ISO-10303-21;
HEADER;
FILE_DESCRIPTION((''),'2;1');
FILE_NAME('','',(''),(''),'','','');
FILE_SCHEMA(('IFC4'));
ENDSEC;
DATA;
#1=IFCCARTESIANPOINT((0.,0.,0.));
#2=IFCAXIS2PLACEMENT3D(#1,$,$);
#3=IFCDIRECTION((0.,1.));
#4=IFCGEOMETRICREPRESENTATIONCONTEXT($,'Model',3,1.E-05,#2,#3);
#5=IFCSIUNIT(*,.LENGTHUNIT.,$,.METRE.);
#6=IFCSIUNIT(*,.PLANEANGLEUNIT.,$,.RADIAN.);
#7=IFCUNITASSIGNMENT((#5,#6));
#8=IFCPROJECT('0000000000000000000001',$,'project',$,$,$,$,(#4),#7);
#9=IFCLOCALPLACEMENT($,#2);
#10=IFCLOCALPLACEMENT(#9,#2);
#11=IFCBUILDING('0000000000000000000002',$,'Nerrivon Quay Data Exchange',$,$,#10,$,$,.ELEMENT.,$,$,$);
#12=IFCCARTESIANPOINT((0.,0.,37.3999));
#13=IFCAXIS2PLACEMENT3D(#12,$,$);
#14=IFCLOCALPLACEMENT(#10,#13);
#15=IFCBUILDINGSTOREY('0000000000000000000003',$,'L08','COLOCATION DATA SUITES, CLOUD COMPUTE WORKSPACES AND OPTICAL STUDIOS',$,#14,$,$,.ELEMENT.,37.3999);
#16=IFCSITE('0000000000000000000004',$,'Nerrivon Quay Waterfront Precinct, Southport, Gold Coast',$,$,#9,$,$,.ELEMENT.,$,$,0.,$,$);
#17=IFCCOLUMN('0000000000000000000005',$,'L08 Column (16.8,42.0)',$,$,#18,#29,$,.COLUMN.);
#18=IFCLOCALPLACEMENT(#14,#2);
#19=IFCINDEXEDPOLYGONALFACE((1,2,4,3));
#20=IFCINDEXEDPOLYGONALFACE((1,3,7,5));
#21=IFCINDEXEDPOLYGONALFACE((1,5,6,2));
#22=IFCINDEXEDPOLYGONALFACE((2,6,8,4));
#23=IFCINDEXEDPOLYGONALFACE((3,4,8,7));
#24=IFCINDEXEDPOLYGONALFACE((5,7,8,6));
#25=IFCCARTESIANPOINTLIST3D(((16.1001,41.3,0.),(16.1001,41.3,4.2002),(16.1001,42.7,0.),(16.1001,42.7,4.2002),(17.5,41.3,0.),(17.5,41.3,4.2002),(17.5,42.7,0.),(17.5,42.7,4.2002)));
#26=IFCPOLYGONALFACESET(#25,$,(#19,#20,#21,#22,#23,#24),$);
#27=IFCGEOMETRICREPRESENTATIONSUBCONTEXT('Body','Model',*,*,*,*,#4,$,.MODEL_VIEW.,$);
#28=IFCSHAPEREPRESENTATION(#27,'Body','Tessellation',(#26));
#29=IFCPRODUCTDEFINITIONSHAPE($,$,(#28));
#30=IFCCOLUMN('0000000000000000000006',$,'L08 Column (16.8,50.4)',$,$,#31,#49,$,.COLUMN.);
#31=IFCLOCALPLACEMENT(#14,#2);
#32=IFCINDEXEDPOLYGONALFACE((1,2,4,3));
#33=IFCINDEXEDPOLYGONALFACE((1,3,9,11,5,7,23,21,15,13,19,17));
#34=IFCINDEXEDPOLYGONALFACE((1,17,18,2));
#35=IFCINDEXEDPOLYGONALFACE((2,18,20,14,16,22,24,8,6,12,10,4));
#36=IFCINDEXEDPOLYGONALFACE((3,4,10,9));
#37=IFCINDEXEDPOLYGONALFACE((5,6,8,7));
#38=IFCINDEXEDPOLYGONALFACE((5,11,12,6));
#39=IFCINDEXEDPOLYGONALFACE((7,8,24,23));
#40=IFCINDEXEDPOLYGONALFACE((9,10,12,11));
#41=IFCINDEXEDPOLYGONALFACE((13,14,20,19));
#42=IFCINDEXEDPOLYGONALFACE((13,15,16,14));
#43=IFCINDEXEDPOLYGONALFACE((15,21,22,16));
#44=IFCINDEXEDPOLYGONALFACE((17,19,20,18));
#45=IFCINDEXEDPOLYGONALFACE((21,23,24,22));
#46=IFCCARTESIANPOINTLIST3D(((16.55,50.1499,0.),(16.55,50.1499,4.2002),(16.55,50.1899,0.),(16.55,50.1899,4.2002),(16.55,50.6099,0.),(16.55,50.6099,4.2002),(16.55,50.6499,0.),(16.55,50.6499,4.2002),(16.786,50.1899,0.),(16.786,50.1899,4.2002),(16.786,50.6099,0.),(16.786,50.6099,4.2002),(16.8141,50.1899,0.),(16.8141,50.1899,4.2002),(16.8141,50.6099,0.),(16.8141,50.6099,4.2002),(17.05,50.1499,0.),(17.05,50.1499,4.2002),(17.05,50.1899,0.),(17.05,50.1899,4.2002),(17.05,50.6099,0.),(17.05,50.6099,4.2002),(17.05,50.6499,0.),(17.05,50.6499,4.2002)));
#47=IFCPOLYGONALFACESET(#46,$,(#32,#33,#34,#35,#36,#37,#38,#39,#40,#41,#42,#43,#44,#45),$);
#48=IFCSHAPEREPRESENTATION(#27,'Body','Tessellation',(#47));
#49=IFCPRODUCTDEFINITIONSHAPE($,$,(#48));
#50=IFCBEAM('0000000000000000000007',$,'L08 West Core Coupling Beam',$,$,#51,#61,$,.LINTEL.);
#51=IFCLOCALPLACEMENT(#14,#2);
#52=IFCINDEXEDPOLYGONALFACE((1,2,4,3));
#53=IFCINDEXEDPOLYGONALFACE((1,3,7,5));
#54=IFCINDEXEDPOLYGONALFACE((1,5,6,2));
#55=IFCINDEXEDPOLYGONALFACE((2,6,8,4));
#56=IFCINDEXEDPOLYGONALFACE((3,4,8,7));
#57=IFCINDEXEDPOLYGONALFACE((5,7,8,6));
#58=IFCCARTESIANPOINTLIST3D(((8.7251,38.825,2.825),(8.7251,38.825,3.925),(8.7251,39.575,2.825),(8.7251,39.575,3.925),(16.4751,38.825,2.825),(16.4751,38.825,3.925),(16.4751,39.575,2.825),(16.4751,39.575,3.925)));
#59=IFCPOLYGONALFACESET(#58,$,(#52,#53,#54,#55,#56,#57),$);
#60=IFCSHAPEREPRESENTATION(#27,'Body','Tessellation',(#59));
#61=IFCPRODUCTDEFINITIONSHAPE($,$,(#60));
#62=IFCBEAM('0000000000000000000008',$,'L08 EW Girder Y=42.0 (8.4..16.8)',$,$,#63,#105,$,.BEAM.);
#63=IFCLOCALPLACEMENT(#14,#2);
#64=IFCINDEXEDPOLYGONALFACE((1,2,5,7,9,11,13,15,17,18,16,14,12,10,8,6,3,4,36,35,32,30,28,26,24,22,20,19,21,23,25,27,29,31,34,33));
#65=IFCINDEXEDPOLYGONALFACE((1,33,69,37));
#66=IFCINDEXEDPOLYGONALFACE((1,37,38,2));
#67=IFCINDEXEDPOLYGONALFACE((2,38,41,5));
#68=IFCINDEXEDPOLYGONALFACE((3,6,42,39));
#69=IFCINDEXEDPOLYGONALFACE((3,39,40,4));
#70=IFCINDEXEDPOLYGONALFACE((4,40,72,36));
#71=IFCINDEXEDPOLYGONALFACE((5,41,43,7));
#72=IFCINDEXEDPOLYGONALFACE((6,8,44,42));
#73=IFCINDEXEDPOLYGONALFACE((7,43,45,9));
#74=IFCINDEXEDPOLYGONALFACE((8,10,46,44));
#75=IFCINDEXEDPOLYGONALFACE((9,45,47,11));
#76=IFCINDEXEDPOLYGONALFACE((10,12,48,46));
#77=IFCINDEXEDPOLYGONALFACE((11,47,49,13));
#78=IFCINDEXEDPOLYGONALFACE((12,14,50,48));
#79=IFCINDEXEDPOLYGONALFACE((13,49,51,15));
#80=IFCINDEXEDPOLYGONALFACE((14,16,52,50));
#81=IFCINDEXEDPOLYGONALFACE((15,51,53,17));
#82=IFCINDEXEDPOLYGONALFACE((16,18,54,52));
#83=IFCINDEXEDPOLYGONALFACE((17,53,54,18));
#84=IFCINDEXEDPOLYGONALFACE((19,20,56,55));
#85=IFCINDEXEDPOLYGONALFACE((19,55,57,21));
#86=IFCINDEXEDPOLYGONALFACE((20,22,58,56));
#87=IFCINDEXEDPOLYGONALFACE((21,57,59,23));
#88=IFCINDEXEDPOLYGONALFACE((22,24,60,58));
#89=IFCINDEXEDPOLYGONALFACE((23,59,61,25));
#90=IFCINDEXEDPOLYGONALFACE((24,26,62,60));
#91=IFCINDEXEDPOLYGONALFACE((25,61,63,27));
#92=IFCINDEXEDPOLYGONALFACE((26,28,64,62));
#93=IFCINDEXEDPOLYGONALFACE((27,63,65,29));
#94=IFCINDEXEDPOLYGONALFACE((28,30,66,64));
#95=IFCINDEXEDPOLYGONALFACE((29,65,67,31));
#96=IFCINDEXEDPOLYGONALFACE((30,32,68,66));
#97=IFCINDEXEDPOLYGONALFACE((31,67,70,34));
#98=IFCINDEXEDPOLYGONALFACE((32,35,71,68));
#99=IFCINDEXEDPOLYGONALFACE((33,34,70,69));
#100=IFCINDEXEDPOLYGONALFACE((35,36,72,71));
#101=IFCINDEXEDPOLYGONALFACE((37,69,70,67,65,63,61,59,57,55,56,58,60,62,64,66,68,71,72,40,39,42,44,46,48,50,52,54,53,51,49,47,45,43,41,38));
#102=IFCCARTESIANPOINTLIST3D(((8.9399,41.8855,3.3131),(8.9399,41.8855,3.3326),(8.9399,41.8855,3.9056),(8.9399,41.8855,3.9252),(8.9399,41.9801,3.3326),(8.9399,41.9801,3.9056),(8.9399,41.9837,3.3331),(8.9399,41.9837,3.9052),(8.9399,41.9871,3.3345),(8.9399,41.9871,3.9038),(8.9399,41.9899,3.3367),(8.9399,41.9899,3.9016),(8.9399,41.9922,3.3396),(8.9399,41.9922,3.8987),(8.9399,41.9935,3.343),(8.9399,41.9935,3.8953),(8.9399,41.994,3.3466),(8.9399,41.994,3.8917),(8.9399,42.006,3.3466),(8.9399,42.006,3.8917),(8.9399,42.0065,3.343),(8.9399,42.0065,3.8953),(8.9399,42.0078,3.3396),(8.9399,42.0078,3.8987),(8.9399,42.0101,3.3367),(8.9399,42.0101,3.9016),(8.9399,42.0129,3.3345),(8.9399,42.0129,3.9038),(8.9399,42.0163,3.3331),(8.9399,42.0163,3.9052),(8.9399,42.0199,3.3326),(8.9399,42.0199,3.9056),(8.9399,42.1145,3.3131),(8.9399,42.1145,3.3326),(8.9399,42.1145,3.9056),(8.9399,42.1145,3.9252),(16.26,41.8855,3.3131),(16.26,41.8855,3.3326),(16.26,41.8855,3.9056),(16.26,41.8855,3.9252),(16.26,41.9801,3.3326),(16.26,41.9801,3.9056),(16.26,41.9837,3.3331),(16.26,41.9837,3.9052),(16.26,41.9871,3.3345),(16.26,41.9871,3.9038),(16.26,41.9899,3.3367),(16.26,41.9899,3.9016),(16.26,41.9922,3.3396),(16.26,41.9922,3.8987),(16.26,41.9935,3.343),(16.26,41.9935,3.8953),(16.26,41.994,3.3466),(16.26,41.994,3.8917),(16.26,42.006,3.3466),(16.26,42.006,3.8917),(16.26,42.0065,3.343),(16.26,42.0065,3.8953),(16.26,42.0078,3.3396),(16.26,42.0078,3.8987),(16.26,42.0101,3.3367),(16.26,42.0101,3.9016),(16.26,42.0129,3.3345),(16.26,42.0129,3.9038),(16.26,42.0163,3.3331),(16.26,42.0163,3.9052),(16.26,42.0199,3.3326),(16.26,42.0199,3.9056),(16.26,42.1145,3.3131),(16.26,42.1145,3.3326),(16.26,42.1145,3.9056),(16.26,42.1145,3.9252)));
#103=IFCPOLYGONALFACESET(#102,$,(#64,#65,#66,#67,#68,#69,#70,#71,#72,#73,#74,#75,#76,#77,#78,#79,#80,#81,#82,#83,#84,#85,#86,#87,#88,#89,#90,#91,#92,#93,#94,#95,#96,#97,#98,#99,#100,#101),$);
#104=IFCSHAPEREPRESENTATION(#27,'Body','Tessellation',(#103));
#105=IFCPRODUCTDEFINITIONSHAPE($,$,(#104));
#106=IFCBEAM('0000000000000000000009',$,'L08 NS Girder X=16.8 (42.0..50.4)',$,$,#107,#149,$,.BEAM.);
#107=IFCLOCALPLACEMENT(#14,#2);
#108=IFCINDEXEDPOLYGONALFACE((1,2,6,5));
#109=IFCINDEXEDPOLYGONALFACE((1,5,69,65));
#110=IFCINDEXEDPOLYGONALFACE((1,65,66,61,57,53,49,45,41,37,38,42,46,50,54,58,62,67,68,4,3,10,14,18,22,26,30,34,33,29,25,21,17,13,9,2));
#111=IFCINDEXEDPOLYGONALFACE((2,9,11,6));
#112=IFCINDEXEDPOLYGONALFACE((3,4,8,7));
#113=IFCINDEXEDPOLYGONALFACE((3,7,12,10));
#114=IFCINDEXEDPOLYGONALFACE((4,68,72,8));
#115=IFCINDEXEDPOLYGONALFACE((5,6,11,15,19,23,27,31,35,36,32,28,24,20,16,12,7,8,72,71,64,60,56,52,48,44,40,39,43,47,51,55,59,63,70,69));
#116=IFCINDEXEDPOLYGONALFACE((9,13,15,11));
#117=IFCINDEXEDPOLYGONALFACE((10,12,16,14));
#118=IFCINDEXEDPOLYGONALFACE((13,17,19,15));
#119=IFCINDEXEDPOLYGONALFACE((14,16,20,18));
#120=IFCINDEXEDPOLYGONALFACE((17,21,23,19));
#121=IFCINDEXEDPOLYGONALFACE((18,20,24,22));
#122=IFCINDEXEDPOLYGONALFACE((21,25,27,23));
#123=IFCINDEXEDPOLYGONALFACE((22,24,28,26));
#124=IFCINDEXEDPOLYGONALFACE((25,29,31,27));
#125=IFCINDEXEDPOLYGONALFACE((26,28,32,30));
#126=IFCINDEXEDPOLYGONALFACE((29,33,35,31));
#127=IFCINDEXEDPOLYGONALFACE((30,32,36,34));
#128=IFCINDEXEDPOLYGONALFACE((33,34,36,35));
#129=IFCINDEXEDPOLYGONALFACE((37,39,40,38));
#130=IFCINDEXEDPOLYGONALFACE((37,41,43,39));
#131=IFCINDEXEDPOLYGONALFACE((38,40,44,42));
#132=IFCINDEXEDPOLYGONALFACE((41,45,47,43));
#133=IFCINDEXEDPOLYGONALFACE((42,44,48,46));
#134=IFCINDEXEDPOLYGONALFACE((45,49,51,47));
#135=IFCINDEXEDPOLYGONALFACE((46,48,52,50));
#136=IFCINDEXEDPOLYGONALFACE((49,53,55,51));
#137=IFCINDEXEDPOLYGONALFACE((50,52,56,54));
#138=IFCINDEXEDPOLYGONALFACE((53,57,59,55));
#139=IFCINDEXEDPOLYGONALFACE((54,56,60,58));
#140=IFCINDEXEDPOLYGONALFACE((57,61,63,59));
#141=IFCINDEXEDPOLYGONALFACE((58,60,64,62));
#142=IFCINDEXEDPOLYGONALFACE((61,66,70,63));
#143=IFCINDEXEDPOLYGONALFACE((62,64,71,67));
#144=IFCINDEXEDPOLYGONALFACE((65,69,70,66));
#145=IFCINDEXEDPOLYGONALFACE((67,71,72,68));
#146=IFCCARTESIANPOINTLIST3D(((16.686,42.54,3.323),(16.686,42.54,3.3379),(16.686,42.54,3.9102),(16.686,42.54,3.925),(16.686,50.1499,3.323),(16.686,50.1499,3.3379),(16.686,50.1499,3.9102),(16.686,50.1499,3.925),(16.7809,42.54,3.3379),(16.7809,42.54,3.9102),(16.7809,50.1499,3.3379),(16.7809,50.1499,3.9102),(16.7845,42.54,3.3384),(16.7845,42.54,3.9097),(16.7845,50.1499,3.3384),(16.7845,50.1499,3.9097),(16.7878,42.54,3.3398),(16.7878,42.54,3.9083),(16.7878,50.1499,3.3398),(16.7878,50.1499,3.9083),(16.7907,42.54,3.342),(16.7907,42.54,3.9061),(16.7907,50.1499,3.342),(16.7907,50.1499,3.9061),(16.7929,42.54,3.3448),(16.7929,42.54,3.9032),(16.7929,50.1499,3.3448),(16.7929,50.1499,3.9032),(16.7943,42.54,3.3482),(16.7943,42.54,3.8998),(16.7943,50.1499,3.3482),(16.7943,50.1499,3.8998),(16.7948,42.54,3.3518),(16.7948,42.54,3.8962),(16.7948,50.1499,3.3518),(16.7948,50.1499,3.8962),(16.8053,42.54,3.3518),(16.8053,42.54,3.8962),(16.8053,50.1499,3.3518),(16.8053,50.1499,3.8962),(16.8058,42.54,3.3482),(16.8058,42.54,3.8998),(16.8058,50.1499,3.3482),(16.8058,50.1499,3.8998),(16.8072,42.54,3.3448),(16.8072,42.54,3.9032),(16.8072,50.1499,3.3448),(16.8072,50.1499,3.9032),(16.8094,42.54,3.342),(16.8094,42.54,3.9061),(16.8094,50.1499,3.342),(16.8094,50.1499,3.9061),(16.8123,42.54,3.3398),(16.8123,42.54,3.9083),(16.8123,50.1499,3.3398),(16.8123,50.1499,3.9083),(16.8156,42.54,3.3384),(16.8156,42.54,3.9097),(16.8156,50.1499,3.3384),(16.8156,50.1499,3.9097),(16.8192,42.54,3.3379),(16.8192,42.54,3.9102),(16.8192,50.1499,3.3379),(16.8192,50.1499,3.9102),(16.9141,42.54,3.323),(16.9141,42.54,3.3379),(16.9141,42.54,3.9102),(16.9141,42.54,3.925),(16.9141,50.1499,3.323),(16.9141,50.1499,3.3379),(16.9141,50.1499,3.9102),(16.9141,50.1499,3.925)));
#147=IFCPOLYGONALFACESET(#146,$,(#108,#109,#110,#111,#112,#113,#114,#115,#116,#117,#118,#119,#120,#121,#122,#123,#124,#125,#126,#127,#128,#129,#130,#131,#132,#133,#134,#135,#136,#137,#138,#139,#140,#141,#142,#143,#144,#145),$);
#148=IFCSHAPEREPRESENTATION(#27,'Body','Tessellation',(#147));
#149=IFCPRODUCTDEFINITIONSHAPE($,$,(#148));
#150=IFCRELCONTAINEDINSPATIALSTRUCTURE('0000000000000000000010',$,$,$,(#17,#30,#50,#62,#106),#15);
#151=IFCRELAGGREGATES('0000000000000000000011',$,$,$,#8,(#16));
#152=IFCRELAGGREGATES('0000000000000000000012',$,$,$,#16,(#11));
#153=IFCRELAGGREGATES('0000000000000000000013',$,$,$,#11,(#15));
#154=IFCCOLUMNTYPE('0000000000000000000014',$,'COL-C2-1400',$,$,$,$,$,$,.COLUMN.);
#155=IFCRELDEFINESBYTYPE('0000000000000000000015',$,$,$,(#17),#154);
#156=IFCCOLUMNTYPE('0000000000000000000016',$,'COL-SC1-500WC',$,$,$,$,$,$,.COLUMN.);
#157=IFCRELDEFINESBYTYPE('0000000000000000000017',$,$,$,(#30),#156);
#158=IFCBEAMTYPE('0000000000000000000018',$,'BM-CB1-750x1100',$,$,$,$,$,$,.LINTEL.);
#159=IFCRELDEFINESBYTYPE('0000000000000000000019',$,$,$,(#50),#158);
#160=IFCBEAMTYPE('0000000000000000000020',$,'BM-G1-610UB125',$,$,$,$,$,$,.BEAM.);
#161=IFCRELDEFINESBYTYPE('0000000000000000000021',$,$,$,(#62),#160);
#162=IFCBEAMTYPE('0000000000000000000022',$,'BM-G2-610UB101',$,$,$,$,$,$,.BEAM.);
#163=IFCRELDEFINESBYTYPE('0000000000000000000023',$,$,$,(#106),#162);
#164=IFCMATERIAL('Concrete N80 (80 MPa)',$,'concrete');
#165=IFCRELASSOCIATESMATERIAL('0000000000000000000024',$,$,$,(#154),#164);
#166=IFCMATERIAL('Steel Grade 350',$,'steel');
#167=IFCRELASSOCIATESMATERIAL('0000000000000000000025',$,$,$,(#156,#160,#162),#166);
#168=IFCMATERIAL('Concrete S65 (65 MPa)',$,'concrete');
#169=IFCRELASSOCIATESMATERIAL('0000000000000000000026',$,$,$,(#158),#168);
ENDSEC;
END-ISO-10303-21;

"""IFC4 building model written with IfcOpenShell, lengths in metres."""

from ifc_helpers import new_model, si_unit, direction, frame, origin, origin_2d, place, context, subcontext, project, spatial, rectangle, i_section, extrude, material, material_profile, profile_set, type_object, element, save


model = new_model("IFC4")

# Units and contexts
model_context = context("Model", 3, precision=1e-05, world=origin(), true_north=direction((0.0, 1.0)))
body_context = subcontext(model_context, "Body", "Model", "MODEL_VIEW")
ifc_project = project(units=[si_unit("LENGTHUNIT", "METRE"), si_unit("PLANEANGLEUNIT", "RADIAN")], contexts=[model_context])

# Site, building, storey
site_placement = place(None, origin())
site = spatial("IfcSite", under=ifc_project, at=site_placement, Name="Nerrivon Quay Waterfront Precinct, Southport, Gold Coast", CompositionType="ELEMENT", RefElevation=0.0)
building_placement = place(site_placement, origin())
building = spatial("IfcBuilding", under=site, at=building_placement, Name="Nerrivon Quay Data Exchange", CompositionType="ELEMENT")
storey_placement = place(building_placement, frame((0.0, 0.0, 37.3999)))
storey = spatial("IfcBuildingStorey", under=building, at=storey_placement, Name="L08", Description="COLOCATION DATA SUITES, CLOUD COMPUTE WORKSPACES AND OPTICAL STUDIOS", CompositionType="ELEMENT", Elevation=37.3999)

# Columns
ifc_material_1 = material(Name="Concrete N80 (80 MPa)", Category="concrete")
ifc_material_profile_1 = material_profile(ifc_material_1, rectangle(XDim=1.3999, YDim=1.3999, at=origin_2d()), Name="RC-COL-1400x1400")
ifc_profile_set_1 = profile_set([ifc_material_profile_1], Name="Concrete N80 (80 MPa)")
column_type_1 = type_object("IfcColumnType", Name="COL-C2-1400", PredefinedType="COLUMN", material=ifc_profile_set_1)
column_1_placement = place(storey_placement, frame((16.8, 42.0, 0.0), z_axis=(0.0, 0.0, 1.0), x_axis=(1.0, 0.0, 0.0)))
element("IfcColumn", 1, at=column_1_placement, inside=storey, type_object=column_type_1, Name="L08 Column (16.8,42.0)", PredefinedType="COLUMN", context=body_context, shape_type="SweptSolid", body=[
    extrude(rectangle(XDim=1.3999, YDim=1.3999, at=origin_2d()), origin(), (0.0, 0.0, 1.0), 4.2002),
])
ifc_material_2 = material(Name="Steel Grade 350", Category="steel")
ifc_material_profile_2 = material_profile(ifc_material_2, i_section(OverallWidth=0.5, OverallDepth=0.5, WebThickness=0.0281, FlangeThickness=0.04, at=origin_2d()), Name="500WC440")
ifc_profile_set_2 = profile_set([ifc_material_profile_2], Name="Steel Grade 350")
column_type_2 = type_object("IfcColumnType", Name="COL-SC1-500WC", PredefinedType="COLUMN", material=ifc_profile_set_2)
column_2_placement = place(storey_placement, frame((16.8, 50.3999, 0.0), z_axis=(0.0, 0.0, 1.0), x_axis=(1.0, 0.0, 0.0)))
element("IfcColumn", 2, at=column_2_placement, inside=storey, type_object=column_type_2, Name="L08 Column (16.8,50.4)", PredefinedType="COLUMN", context=body_context, shape_type="SweptSolid", body=[
    extrude(i_section(OverallWidth=0.5, OverallDepth=0.5, WebThickness=0.0281, FlangeThickness=0.04, at=origin_2d()), origin(), (0.0, 0.0, 1.0), 4.2002),
])

# Beams
ifc_material_3 = material(Name="Concrete S65 (65 MPa)", Category="concrete")
ifc_material_profile_3 = material_profile(ifc_material_3, rectangle(XDim=0.75, YDim=1.1001, at=origin_2d()), Name="RC-CB-750x1100")
ifc_profile_set_3 = profile_set([ifc_material_profile_3], Name="Concrete S65 (65 MPa)")
beam_type_1 = type_object("IfcBeamType", Name="BM-CB1-750x1100", PredefinedType="LINTEL", material=ifc_profile_set_3)
beam_1_placement = place(storey_placement, frame((8.7251, 39.2, 3.375), z_axis=(1.0, 0.0, 0.0), x_axis=(0.0, 1.0, 0.0)))
element("IfcBeam", 3, at=beam_1_placement, inside=storey, type_object=beam_type_1, Name="L08 West Core Coupling Beam", PredefinedType="LINTEL", context=body_context, shape_type="SweptSolid", body=[
    extrude(rectangle(XDim=0.75, YDim=1.1001, at=origin_2d()), origin(), (0.0, 0.0, 1.0), 7.75),
])
ifc_material_profile_4 = material_profile(ifc_material_2, i_section(OverallWidth=0.229, OverallDepth=0.6121, WebThickness=0.012, FlangeThickness=0.0195, FilletRadius=0.0139, at=origin_2d()), Name="610UB125")
ifc_profile_set_4 = profile_set([ifc_material_profile_4], Name="Steel Grade 350")
beam_type_2 = type_object("IfcBeamType", Name="BM-G1-610UB125", PredefinedType="BEAM", material=ifc_profile_set_4)
beam_2_placement = place(storey_placement, frame((8.9399, 42.0, 3.6191), z_axis=(1.0, 0.0, 0.0), x_axis=(0.0, 1.0, 0.0)))
element("IfcBeam", 4, at=beam_2_placement, inside=storey, type_object=beam_type_2, Name="L08 EW Girder Y=42.0 (8.4..16.8)", PredefinedType="BEAM", context=body_context, shape_type="SweptSolid", body=[
    extrude(i_section(OverallWidth=0.229, OverallDepth=0.6121, WebThickness=0.012, FlangeThickness=0.0195, FilletRadius=0.0139, at=origin_2d()), origin(), (0.0, 0.0, 1.0), 7.3201),
])
ifc_material_profile_5 = material_profile(ifc_material_2, i_section(OverallWidth=0.228, OverallDepth=0.6021, WebThickness=0.0105, FlangeThickness=0.0149, FilletRadius=0.0139, at=origin_2d()), Name="610UB101")
ifc_profile_set_5 = profile_set([ifc_material_profile_5], Name="Steel Grade 350")
beam_type_3 = type_object("IfcBeamType", Name="BM-G2-610UB101", PredefinedType="BEAM", material=ifc_profile_set_5)
beam_3_placement = place(storey_placement, frame((16.8, 42.54, 3.624), z_axis=(0.0, 1.0, 0.0), x_axis=(-1.0, 0.0, 0.0)))
element("IfcBeam", 5, at=beam_3_placement, inside=storey, type_object=beam_type_3, Name="L08 NS Girder X=16.8 (42.0..50.4)", PredefinedType="BEAM", context=body_context, shape_type="SweptSolid", body=[
    extrude(i_section(OverallWidth=0.228, OverallDepth=0.6021, WebThickness=0.0105, FlangeThickness=0.0149, FilletRadius=0.0139, at=origin_2d()), origin(), (0.0, 0.0, 1.0), 7.6099),
])

save(model, "model.ifc")
